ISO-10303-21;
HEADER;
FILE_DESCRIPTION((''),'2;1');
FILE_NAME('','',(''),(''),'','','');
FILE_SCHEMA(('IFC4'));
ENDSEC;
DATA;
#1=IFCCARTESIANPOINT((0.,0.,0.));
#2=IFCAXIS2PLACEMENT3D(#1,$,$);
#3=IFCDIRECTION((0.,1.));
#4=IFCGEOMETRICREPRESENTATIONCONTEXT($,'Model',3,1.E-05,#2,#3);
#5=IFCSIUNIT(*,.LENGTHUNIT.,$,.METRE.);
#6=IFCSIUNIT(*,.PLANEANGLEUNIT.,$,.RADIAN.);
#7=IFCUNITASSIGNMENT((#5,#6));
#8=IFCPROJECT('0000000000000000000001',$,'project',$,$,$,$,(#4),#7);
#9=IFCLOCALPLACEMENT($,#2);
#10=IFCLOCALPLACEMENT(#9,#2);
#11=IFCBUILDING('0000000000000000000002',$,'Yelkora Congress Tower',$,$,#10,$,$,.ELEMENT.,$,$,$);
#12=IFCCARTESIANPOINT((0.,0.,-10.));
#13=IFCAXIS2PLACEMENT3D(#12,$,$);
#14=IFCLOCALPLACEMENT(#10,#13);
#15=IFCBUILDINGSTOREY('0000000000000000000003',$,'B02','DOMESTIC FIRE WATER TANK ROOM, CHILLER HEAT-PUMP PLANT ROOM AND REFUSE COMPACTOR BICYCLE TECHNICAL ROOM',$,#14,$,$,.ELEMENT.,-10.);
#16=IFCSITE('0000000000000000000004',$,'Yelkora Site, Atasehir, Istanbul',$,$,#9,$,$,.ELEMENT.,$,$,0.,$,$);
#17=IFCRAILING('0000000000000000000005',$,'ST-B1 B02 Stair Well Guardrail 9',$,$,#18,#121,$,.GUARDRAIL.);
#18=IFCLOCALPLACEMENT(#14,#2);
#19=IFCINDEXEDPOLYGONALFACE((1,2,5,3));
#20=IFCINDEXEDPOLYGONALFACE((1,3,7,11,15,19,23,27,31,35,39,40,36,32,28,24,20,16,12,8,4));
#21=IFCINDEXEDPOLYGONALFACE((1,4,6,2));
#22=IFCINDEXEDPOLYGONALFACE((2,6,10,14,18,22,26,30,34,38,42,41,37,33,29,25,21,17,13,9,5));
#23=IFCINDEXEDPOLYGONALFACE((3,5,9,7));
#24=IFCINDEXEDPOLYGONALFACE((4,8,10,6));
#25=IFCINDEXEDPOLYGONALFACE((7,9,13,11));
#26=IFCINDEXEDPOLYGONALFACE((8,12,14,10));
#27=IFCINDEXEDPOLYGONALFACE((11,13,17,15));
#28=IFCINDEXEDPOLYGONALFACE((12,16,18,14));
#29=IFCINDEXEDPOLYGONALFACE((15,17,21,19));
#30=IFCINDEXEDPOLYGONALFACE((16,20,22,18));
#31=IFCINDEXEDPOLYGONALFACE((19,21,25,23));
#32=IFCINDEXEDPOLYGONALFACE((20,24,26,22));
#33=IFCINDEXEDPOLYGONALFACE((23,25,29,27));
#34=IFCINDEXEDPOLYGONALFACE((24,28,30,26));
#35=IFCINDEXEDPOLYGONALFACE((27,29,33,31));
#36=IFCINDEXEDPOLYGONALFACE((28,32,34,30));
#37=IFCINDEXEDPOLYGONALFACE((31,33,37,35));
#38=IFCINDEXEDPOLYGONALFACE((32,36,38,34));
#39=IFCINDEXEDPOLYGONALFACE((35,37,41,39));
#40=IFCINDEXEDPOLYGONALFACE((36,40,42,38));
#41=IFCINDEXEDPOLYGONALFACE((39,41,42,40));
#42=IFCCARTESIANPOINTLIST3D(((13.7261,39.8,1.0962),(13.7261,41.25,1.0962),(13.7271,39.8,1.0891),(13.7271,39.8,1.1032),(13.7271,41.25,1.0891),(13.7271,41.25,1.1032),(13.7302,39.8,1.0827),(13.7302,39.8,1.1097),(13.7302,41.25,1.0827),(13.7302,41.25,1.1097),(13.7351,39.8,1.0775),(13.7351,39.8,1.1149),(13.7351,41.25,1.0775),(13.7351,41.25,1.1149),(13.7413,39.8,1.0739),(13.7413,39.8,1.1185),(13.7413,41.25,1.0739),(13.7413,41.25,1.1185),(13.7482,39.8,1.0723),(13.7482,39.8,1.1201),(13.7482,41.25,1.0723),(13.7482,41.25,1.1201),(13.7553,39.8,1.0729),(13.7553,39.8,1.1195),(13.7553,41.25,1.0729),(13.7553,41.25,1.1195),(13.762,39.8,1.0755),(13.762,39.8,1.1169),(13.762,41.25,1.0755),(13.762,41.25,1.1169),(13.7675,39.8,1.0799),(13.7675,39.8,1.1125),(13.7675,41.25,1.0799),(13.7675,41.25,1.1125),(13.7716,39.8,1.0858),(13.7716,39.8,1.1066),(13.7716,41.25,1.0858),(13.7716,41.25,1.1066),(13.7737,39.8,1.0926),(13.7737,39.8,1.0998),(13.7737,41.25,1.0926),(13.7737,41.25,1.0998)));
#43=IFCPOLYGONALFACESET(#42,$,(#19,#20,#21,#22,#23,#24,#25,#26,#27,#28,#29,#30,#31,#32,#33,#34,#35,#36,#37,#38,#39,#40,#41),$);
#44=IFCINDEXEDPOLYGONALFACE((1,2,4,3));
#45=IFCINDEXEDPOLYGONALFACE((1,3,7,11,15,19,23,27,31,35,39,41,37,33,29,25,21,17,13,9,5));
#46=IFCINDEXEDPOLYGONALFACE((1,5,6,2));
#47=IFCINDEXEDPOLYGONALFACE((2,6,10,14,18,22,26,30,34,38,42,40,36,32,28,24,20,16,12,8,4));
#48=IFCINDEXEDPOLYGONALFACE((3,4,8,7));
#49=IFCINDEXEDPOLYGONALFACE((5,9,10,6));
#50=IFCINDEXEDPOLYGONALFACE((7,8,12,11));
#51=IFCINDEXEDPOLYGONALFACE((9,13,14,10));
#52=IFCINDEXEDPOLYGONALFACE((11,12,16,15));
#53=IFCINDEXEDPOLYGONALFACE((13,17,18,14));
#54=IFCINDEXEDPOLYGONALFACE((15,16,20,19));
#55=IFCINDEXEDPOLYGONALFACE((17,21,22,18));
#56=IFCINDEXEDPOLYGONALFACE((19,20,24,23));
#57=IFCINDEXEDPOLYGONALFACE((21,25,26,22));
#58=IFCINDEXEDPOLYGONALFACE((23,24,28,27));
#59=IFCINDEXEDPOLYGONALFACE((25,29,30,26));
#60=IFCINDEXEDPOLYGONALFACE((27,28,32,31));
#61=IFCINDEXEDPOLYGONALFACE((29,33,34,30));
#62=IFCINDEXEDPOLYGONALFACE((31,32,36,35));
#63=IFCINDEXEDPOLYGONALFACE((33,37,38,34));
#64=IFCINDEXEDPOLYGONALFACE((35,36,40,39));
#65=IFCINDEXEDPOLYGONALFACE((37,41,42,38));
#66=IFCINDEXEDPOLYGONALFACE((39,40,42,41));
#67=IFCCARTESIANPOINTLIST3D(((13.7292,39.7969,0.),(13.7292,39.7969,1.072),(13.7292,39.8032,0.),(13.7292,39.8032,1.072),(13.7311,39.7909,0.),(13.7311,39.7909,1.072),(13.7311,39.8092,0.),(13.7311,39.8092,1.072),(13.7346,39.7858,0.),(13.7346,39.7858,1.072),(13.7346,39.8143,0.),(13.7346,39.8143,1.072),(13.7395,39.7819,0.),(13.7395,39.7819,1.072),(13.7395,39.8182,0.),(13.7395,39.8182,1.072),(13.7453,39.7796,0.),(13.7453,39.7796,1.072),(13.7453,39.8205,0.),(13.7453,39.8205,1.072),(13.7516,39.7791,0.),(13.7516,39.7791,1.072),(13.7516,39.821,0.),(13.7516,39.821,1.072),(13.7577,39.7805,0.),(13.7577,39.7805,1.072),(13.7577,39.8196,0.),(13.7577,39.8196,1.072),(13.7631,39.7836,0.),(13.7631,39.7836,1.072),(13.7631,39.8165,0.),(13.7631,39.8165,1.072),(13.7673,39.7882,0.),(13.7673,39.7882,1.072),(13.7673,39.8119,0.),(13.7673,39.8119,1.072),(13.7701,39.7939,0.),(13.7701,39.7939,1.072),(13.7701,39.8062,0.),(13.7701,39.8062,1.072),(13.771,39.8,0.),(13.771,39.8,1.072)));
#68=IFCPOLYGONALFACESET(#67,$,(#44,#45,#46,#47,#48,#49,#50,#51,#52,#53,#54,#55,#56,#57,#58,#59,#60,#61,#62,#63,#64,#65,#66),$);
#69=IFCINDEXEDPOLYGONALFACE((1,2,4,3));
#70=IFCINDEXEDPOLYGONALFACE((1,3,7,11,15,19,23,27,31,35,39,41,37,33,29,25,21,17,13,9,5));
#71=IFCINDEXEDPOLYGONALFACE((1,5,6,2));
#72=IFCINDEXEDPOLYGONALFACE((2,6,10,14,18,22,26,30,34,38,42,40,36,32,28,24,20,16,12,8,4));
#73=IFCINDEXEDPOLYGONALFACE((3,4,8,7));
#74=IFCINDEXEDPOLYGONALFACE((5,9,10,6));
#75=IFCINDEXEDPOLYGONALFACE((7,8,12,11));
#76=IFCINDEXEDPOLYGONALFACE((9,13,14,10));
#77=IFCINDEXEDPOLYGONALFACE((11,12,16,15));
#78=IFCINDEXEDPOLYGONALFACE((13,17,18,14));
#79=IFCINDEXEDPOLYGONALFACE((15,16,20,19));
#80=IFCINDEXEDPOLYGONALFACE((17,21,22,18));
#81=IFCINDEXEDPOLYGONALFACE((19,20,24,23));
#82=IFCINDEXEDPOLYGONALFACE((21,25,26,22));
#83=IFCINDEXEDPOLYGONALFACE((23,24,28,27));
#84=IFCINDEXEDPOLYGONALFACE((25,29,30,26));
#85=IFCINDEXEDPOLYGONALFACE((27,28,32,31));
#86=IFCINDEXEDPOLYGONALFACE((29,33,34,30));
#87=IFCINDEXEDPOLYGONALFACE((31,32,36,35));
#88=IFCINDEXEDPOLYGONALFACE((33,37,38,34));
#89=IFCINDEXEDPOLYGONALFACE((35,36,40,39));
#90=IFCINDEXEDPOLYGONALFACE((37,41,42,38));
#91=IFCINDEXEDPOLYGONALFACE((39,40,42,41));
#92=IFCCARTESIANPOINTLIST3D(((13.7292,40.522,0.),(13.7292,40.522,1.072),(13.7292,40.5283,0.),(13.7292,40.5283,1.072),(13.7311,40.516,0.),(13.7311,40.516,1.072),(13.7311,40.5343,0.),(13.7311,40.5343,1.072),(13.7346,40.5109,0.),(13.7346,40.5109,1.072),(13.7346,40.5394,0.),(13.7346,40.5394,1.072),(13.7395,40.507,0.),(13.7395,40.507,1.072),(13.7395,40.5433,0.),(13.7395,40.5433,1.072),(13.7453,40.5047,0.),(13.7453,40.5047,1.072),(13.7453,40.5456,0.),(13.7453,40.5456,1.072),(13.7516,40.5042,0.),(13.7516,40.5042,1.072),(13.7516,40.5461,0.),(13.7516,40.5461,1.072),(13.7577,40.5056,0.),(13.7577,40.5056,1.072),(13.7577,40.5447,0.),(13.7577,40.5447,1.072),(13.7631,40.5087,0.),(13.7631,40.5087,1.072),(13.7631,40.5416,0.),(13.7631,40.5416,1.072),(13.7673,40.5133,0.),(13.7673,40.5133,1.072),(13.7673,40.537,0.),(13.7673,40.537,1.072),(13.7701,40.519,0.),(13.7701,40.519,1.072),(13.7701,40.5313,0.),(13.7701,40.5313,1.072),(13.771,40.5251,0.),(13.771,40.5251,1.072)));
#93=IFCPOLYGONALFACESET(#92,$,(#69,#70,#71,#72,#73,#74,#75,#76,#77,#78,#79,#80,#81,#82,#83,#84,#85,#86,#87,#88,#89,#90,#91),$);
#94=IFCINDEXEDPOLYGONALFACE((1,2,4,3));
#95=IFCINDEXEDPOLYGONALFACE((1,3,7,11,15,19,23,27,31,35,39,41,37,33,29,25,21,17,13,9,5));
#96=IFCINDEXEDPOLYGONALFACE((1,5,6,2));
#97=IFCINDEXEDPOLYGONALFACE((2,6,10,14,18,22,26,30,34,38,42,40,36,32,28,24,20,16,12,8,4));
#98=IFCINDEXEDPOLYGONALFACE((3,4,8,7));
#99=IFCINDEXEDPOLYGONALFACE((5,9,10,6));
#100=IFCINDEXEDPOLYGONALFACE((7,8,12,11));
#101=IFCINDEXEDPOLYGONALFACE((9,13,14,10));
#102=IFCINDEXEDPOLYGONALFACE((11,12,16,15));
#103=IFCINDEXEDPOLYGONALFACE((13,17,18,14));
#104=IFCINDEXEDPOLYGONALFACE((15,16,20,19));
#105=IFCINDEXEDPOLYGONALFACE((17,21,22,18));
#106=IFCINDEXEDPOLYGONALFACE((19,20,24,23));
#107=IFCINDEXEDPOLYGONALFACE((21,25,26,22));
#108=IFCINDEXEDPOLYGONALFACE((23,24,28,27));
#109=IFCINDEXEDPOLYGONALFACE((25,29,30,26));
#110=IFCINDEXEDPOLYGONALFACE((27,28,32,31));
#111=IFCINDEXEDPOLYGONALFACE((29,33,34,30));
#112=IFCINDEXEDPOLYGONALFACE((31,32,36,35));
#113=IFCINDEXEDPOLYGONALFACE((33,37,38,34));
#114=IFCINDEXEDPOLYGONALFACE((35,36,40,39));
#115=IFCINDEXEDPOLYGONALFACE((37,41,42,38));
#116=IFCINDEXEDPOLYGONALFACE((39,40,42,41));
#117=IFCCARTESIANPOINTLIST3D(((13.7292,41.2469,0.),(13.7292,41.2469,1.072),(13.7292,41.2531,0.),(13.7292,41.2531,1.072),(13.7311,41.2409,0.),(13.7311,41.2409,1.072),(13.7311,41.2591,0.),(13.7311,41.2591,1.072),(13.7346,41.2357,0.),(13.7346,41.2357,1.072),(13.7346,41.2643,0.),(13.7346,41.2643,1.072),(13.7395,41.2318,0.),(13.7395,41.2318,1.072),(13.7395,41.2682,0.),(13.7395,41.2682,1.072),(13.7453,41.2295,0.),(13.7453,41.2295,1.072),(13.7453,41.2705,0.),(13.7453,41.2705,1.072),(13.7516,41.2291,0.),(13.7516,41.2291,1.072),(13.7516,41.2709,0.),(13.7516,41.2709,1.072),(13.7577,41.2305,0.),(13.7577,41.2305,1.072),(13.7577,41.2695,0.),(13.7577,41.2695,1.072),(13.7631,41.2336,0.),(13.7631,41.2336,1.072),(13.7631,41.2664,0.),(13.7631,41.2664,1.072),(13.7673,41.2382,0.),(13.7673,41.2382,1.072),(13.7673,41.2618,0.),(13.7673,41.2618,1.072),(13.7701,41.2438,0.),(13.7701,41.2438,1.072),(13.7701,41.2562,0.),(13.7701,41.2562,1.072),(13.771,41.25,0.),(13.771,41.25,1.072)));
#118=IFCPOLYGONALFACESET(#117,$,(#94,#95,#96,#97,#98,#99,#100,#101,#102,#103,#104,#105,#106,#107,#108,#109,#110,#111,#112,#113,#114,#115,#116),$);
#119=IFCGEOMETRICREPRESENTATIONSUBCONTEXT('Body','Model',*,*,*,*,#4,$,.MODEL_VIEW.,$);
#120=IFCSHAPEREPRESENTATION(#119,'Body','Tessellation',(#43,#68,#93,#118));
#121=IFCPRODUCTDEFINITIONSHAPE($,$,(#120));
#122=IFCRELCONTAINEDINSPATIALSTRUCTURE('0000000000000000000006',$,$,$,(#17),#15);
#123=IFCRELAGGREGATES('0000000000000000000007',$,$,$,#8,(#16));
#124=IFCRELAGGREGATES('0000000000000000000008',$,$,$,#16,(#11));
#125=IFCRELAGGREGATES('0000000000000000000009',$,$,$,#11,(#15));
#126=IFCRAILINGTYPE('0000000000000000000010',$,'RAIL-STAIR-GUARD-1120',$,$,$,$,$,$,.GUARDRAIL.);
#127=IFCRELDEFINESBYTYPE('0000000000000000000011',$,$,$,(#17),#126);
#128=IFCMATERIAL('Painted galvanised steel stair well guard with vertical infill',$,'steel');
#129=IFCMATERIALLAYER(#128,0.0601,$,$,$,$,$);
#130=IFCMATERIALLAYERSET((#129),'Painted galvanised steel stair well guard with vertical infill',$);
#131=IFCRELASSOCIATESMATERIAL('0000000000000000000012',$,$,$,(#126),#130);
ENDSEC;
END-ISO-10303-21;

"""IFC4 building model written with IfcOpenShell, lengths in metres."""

from ifc_helpers import new_model, si_unit, direction, frame, origin, origin_2d, place, context, subcontext, project, spatial, circle, extrude, material, layer, layer_set, type_object, element, save


model = new_model("IFC4")

# Units and contexts
model_context = context("Model", 3, precision=1e-05, world=origin(), true_north=direction((0.0, 1.0)))
body_context = subcontext(model_context, "Body", "Model", "MODEL_VIEW")
ifc_project = project(units=[si_unit("LENGTHUNIT", "METRE"), si_unit("PLANEANGLEUNIT", "RADIAN")], contexts=[model_context])

# Site, building, storey
site_placement = place(None, origin())
site = spatial("IfcSite", under=ifc_project, at=site_placement, Name="Yelkora Site, Atasehir, Istanbul", CompositionType="ELEMENT", RefElevation=0.0)
building_placement = place(site_placement, origin())
building = spatial("IfcBuilding", under=site, at=building_placement, Name="Yelkora Congress Tower", CompositionType="ELEMENT")
storey_placement = place(building_placement, frame((0.0, 0.0, -10.0)))
storey = spatial("IfcBuildingStorey", under=building, at=storey_placement, Name="B02", Description="DOMESTIC FIRE WATER TANK ROOM, CHILLER HEAT-PUMP PLANT ROOM AND REFUSE COMPACTOR BICYCLE TECHNICAL ROOM", CompositionType="ELEMENT", Elevation=-10.0)

# Railing
ifc_material_1 = material(Name="Painted galvanised steel stair well guard with vertical infill", Category="steel")
ifc_layer_1 = layer(ifc_material_1, 0.0601)
ifc_layer_set_1 = layer_set([ifc_layer_1], Name="Painted galvanised steel stair well guard with vertical infill")
railing_type_1 = type_object("IfcRailingType", Name="RAIL-STAIR-GUARD-1120", PredefinedType="GUARDRAIL", material=ifc_layer_set_1)
for number, where, name in (
    (1, (13.75, 39.8, 0.0), "ST-B1 B02 Stair Well Guardrail 9"),
):
    element("IfcRailing", number, at=place(storey_placement, frame(where)), inside=storey, type_object=railing_type_1, Name=name, PredefinedType="GUARDRAIL", context=body_context, shape_type="SweptSolid", body=[
        extrude(circle(Radius=0.0239, at=origin_2d()), frame((0.0, 0.0, 1.0962), z_axis=(0.0, 1.0, 0.0), x_axis=(-1.0, 0.0, 0.0)), (0.0, 0.0, 1.0), 1.45),
        extrude(circle(Radius=0.021, at=origin_2d()), origin(), (0.0, 0.0, 1.0), 1.072),
        extrude(circle(Radius=0.021, at=origin_2d()), frame((0.0, 0.7251, 0.0)), (0.0, 0.0, 1.0), 1.072),
        extrude(circle(Radius=0.021, at=origin_2d()), frame((0.0, 1.45, 0.0)), (0.0, 0.0, 1.0), 1.072),
    ])

save(model, "model.ifc")
